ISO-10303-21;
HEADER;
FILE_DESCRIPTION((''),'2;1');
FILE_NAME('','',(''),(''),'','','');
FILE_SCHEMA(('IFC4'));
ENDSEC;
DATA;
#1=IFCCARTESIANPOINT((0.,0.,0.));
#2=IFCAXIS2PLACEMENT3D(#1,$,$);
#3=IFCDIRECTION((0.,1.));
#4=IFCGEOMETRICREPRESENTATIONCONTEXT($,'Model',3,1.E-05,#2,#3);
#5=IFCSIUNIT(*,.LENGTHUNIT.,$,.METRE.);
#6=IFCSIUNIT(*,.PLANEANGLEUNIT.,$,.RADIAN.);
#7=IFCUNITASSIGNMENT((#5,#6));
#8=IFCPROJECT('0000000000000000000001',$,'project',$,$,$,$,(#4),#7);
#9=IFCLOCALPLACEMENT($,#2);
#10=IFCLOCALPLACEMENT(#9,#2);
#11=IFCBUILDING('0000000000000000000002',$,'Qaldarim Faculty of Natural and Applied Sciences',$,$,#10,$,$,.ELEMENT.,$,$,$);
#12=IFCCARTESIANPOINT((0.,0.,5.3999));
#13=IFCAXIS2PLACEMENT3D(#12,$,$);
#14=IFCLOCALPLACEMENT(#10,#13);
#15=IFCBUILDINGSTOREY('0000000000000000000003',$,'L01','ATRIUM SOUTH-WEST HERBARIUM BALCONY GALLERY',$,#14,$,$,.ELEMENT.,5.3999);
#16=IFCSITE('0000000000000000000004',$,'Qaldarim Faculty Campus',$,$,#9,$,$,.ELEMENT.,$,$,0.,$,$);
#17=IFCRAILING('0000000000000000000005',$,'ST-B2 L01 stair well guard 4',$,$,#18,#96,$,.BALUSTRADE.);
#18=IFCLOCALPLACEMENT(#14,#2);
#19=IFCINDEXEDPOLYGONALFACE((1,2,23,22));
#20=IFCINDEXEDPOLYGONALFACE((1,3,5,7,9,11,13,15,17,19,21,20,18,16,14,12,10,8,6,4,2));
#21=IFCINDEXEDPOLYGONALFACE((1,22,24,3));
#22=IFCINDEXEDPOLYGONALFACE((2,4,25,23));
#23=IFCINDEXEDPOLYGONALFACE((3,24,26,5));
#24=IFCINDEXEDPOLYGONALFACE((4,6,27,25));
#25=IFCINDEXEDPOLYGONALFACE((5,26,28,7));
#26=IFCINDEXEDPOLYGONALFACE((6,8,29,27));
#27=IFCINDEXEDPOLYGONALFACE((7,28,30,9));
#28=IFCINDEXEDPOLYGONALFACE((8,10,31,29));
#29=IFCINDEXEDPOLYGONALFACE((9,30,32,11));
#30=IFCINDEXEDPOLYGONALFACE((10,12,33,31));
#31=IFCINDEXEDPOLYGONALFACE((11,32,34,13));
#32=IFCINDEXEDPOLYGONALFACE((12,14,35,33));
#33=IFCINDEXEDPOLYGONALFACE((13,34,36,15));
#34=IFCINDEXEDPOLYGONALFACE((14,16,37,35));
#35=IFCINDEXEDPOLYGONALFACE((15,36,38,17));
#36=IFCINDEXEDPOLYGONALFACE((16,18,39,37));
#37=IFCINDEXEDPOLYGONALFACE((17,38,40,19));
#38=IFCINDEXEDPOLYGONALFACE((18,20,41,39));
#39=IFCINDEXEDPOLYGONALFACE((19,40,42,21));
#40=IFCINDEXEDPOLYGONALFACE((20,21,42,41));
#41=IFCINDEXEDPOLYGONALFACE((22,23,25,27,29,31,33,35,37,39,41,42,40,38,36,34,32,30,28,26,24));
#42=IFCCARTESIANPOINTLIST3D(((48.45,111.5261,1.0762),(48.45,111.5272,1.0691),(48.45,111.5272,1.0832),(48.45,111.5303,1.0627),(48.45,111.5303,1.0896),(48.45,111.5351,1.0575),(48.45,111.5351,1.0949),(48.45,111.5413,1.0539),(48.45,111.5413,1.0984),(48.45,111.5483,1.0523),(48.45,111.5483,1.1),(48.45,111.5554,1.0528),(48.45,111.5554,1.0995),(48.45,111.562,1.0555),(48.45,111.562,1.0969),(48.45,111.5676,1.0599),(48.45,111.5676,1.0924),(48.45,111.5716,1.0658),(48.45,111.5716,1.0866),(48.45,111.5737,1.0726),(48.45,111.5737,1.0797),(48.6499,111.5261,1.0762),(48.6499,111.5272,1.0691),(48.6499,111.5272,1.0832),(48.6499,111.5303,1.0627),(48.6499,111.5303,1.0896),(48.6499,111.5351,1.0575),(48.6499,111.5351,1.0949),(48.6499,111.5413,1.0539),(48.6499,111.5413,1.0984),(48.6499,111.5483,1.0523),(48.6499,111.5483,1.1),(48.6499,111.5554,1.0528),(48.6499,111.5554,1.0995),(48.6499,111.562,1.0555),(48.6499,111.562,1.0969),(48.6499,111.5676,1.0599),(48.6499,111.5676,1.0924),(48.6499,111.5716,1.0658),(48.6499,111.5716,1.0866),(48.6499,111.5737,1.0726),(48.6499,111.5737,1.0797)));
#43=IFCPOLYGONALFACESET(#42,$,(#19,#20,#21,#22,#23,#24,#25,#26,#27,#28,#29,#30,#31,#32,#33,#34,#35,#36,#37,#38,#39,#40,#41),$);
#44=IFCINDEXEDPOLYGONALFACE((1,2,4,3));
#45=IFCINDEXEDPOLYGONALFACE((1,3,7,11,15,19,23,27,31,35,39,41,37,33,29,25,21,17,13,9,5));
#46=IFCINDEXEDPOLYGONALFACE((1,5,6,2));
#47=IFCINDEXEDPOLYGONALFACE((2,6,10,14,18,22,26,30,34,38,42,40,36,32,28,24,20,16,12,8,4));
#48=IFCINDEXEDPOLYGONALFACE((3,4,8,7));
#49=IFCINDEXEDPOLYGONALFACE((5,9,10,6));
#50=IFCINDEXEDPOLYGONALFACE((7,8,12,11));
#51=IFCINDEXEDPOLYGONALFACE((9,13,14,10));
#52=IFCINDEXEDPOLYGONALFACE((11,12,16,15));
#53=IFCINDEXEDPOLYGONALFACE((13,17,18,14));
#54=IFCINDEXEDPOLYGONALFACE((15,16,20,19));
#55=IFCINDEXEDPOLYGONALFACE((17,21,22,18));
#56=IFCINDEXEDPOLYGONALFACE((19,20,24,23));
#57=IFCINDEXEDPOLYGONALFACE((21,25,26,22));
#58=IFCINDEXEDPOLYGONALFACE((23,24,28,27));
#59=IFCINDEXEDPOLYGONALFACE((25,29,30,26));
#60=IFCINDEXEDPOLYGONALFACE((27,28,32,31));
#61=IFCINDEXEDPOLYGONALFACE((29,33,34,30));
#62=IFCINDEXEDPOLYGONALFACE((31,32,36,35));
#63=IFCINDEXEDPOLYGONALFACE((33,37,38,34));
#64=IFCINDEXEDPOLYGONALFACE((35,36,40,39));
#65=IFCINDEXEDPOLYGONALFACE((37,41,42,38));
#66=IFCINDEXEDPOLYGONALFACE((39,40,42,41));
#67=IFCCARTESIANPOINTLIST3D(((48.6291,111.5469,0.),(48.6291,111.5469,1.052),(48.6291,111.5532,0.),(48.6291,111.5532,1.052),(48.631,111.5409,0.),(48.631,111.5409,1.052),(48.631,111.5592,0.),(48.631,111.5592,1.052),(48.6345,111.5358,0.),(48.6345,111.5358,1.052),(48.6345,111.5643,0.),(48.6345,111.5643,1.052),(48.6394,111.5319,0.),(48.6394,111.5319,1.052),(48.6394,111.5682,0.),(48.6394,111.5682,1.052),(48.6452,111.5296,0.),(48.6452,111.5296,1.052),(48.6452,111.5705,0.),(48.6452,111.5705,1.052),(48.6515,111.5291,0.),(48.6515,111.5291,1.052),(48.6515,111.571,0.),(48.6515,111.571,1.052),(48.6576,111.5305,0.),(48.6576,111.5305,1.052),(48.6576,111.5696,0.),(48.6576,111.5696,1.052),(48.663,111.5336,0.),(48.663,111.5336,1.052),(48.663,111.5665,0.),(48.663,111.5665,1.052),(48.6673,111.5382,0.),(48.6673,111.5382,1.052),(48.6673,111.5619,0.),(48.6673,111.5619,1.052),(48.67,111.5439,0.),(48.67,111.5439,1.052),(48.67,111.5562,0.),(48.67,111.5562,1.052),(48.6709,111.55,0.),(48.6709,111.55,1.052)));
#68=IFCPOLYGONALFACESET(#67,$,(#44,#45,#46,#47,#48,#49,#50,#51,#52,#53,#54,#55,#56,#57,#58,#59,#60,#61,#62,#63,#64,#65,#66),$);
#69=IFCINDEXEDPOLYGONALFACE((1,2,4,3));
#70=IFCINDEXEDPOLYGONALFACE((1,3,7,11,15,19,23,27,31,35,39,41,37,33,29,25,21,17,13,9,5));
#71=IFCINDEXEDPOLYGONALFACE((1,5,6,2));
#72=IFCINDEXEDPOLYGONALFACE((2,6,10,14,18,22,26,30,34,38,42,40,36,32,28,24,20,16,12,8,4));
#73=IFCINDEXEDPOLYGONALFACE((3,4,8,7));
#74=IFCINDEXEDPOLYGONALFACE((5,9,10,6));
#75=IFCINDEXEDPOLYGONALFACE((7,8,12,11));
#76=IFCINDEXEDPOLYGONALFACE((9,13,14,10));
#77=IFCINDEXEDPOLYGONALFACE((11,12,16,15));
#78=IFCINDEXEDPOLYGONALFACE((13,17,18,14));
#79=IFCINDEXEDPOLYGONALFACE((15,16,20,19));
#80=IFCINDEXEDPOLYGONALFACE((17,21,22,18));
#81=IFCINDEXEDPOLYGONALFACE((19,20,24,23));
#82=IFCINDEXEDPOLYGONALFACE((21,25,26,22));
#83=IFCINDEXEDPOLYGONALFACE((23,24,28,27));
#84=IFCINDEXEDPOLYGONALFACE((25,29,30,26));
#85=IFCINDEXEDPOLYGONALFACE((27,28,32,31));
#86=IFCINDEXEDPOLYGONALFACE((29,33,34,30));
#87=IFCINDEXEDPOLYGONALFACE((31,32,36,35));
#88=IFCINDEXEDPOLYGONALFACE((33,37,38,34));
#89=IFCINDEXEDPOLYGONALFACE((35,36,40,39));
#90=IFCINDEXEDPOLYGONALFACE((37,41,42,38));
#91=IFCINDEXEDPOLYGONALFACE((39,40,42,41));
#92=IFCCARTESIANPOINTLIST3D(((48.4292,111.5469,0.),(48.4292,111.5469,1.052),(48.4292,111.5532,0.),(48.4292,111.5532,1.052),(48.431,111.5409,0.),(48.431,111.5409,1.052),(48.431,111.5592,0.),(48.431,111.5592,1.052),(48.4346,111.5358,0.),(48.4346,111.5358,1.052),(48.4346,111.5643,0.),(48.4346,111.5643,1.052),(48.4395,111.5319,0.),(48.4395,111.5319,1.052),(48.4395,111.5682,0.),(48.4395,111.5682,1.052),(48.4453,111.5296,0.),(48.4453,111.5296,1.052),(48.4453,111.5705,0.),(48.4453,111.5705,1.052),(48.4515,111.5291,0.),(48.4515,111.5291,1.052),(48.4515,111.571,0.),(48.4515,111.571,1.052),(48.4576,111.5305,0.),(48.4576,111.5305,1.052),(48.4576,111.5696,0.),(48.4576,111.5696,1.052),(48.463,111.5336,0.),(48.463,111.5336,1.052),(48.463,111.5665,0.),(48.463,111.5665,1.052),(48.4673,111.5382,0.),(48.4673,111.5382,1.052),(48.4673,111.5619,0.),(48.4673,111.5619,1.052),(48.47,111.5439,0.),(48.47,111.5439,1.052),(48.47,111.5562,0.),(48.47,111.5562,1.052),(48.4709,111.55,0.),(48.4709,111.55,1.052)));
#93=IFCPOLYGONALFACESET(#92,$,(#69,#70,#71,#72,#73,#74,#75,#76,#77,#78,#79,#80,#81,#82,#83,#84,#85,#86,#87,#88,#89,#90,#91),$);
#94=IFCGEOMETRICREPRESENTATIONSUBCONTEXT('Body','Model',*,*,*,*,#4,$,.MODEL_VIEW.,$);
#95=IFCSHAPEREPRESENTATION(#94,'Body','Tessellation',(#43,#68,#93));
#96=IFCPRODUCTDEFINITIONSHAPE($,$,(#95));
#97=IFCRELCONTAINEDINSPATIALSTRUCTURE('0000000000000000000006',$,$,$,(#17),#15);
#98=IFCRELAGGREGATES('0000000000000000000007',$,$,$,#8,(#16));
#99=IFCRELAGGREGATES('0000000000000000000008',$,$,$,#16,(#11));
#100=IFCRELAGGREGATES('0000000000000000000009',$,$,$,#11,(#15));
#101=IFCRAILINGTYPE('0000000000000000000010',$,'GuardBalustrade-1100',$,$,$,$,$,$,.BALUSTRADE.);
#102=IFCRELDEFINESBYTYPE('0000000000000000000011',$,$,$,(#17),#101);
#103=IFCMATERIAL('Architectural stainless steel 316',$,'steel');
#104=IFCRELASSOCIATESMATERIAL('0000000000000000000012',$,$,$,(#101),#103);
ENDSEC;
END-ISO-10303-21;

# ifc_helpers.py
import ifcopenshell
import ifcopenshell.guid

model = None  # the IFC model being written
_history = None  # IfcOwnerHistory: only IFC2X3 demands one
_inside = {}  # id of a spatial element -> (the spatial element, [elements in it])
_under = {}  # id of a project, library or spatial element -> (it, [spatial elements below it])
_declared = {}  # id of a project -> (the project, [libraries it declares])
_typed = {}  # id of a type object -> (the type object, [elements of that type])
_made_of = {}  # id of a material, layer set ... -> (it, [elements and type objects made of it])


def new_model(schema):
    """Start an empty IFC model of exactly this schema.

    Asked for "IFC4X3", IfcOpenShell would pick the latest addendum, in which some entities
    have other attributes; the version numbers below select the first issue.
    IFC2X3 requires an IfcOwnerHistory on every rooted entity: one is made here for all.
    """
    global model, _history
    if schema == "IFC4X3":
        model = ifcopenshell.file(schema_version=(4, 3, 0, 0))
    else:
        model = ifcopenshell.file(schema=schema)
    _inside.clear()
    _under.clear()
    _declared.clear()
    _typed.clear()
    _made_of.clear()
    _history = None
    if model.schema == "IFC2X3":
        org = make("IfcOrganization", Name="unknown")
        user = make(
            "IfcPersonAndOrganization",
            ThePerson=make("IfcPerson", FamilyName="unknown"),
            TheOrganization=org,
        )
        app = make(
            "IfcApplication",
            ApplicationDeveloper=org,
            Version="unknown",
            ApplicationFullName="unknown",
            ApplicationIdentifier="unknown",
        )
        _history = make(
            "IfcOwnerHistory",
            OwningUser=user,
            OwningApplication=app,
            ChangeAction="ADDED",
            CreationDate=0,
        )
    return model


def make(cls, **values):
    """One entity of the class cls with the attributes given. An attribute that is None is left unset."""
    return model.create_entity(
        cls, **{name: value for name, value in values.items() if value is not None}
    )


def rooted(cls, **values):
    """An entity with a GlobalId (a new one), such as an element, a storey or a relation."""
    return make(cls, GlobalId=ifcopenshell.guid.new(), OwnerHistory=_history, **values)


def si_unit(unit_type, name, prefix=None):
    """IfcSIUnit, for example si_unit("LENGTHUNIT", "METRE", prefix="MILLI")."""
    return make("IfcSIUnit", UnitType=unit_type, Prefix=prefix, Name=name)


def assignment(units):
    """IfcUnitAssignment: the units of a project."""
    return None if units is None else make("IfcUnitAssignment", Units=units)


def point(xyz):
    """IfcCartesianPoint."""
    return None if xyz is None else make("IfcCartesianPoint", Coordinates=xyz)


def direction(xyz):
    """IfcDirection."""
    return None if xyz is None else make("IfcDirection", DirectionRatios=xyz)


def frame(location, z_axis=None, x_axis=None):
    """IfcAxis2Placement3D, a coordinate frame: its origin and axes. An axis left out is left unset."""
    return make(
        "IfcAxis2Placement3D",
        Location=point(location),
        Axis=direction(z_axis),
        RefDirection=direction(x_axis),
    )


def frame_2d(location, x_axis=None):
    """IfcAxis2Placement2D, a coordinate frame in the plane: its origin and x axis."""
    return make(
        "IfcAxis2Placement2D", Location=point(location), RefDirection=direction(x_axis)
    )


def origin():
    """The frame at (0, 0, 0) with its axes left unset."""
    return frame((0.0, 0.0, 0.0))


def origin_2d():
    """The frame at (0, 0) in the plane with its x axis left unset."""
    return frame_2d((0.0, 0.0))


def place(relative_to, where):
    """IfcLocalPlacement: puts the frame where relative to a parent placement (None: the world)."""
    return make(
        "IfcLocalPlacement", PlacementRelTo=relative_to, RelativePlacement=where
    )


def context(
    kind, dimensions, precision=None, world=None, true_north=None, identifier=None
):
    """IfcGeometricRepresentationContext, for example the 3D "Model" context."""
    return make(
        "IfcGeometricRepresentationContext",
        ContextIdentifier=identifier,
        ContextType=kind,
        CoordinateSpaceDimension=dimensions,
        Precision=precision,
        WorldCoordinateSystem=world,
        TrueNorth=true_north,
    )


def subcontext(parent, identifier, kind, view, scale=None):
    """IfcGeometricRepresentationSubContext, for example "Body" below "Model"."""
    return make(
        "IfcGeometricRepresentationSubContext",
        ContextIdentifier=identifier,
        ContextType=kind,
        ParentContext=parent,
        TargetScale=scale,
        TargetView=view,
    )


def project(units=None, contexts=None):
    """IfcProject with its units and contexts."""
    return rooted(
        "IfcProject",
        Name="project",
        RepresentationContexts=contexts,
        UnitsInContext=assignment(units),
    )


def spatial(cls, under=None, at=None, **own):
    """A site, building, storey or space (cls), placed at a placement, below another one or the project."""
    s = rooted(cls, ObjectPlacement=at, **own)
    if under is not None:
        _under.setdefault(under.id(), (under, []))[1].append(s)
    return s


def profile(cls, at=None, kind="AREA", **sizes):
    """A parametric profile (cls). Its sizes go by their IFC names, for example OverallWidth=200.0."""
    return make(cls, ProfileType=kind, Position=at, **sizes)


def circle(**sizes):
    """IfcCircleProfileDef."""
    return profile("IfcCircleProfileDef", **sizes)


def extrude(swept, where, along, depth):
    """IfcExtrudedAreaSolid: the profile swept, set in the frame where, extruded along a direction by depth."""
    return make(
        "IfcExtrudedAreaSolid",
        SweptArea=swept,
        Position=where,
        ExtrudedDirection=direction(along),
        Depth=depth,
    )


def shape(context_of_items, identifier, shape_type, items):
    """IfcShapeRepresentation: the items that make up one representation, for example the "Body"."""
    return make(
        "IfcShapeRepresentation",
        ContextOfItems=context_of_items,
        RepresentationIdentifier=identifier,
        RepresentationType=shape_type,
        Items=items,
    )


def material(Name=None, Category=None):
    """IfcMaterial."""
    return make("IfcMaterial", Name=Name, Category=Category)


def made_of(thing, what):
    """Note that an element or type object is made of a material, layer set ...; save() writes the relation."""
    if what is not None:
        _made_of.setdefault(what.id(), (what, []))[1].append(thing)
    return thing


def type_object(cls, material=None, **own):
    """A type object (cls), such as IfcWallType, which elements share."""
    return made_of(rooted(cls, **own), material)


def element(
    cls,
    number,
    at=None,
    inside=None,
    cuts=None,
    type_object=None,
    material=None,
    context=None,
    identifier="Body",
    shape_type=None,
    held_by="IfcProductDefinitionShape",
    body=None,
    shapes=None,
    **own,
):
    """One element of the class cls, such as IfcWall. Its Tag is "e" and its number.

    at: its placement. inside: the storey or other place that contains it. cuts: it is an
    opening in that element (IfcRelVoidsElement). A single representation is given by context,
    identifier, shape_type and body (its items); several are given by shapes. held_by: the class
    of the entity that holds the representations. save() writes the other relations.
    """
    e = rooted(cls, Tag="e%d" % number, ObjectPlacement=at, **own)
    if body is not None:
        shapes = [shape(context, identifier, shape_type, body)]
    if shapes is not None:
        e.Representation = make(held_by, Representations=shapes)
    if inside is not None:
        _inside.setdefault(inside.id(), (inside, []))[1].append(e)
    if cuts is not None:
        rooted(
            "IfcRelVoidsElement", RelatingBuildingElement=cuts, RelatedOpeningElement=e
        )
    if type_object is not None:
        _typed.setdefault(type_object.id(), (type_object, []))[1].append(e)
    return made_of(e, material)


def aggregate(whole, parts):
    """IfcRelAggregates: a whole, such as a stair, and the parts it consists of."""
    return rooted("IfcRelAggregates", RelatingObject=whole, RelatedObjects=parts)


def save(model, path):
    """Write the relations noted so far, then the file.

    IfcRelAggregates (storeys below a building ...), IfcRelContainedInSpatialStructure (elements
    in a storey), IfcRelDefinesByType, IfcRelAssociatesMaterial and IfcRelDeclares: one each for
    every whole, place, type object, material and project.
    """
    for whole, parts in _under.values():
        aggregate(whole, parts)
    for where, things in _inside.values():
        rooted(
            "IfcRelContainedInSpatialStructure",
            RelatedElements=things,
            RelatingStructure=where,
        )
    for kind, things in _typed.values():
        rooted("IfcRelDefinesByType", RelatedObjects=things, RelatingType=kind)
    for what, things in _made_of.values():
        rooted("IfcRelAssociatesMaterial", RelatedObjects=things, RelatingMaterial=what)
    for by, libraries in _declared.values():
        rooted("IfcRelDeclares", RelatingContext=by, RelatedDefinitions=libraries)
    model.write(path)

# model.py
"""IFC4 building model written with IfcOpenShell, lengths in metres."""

from ifc_helpers import new_model, si_unit, direction, frame, origin, origin_2d, place, context, subcontext, project, spatial, circle, extrude, material, type_object, element, save


model = new_model("IFC4")

# Units and contexts
model_context = context("Model", 3, precision=1e-05, world=origin(), true_north=direction((0.0, 1.0)))
body_context = subcontext(model_context, "Body", "Model", "MODEL_VIEW")
ifc_project = project(units=[si_unit("LENGTHUNIT", "METRE"), si_unit("PLANEANGLEUNIT", "RADIAN")], contexts=[model_context])

# Site, building, storey
site_placement = place(None, origin())
site = spatial("IfcSite", under=ifc_project, at=site_placement, Name="Qaldarim Faculty Campus", CompositionType="ELEMENT", RefElevation=0.0)
building_placement = place(site_placement, origin())
building = spatial("IfcBuilding", under=site, at=building_placement, Name="Qaldarim Faculty of Natural and Applied Sciences", CompositionType="ELEMENT")
storey_placement = place(building_placement, frame((0.0, 0.0, 5.3999)))
storey = spatial("IfcBuildingStorey", under=building, at=storey_placement, Name="L01", Description="ATRIUM SOUTH-WEST HERBARIUM BALCONY GALLERY", CompositionType="ELEMENT", Elevation=5.3999)

# Shared definitions
ifc_material_1 = material(Name="Architectural stainless steel 316", Category="steel")

# Railing
railing_type_1 = type_object("IfcRailingType", Name="GuardBalustrade-1100", PredefinedType="BALUSTRADE", material=ifc_material_1)
railing_1_placement = place(storey_placement, frame((48.6499, 111.55, 0.0)))
element("IfcRailing", 1, at=railing_1_placement, inside=storey, type_object=railing_type_1, Name="ST-B2 L01 stair well guard 4", PredefinedType="BALUSTRADE", context=body_context, shape_type="SweptSolid", body=[
    extrude(circle(Radius=0.0239, at=origin_2d()), frame((0.0, 0.0, 1.0762), z_axis=(-1.0, 0.0, 0.0), x_axis=(0.0, -1.0, 0.0)), (0.0, 0.0, 1.0), 0.2),
    extrude(circle(Radius=0.021, at=origin_2d()), origin(), (0.0, 0.0, 1.0), 1.052),
    extrude(circle(Radius=0.021, at=origin_2d()), frame((-0.2, 0.0, 0.0)), (0.0, 0.0, 1.0), 1.052),
])

save(model, "model.ifc")
